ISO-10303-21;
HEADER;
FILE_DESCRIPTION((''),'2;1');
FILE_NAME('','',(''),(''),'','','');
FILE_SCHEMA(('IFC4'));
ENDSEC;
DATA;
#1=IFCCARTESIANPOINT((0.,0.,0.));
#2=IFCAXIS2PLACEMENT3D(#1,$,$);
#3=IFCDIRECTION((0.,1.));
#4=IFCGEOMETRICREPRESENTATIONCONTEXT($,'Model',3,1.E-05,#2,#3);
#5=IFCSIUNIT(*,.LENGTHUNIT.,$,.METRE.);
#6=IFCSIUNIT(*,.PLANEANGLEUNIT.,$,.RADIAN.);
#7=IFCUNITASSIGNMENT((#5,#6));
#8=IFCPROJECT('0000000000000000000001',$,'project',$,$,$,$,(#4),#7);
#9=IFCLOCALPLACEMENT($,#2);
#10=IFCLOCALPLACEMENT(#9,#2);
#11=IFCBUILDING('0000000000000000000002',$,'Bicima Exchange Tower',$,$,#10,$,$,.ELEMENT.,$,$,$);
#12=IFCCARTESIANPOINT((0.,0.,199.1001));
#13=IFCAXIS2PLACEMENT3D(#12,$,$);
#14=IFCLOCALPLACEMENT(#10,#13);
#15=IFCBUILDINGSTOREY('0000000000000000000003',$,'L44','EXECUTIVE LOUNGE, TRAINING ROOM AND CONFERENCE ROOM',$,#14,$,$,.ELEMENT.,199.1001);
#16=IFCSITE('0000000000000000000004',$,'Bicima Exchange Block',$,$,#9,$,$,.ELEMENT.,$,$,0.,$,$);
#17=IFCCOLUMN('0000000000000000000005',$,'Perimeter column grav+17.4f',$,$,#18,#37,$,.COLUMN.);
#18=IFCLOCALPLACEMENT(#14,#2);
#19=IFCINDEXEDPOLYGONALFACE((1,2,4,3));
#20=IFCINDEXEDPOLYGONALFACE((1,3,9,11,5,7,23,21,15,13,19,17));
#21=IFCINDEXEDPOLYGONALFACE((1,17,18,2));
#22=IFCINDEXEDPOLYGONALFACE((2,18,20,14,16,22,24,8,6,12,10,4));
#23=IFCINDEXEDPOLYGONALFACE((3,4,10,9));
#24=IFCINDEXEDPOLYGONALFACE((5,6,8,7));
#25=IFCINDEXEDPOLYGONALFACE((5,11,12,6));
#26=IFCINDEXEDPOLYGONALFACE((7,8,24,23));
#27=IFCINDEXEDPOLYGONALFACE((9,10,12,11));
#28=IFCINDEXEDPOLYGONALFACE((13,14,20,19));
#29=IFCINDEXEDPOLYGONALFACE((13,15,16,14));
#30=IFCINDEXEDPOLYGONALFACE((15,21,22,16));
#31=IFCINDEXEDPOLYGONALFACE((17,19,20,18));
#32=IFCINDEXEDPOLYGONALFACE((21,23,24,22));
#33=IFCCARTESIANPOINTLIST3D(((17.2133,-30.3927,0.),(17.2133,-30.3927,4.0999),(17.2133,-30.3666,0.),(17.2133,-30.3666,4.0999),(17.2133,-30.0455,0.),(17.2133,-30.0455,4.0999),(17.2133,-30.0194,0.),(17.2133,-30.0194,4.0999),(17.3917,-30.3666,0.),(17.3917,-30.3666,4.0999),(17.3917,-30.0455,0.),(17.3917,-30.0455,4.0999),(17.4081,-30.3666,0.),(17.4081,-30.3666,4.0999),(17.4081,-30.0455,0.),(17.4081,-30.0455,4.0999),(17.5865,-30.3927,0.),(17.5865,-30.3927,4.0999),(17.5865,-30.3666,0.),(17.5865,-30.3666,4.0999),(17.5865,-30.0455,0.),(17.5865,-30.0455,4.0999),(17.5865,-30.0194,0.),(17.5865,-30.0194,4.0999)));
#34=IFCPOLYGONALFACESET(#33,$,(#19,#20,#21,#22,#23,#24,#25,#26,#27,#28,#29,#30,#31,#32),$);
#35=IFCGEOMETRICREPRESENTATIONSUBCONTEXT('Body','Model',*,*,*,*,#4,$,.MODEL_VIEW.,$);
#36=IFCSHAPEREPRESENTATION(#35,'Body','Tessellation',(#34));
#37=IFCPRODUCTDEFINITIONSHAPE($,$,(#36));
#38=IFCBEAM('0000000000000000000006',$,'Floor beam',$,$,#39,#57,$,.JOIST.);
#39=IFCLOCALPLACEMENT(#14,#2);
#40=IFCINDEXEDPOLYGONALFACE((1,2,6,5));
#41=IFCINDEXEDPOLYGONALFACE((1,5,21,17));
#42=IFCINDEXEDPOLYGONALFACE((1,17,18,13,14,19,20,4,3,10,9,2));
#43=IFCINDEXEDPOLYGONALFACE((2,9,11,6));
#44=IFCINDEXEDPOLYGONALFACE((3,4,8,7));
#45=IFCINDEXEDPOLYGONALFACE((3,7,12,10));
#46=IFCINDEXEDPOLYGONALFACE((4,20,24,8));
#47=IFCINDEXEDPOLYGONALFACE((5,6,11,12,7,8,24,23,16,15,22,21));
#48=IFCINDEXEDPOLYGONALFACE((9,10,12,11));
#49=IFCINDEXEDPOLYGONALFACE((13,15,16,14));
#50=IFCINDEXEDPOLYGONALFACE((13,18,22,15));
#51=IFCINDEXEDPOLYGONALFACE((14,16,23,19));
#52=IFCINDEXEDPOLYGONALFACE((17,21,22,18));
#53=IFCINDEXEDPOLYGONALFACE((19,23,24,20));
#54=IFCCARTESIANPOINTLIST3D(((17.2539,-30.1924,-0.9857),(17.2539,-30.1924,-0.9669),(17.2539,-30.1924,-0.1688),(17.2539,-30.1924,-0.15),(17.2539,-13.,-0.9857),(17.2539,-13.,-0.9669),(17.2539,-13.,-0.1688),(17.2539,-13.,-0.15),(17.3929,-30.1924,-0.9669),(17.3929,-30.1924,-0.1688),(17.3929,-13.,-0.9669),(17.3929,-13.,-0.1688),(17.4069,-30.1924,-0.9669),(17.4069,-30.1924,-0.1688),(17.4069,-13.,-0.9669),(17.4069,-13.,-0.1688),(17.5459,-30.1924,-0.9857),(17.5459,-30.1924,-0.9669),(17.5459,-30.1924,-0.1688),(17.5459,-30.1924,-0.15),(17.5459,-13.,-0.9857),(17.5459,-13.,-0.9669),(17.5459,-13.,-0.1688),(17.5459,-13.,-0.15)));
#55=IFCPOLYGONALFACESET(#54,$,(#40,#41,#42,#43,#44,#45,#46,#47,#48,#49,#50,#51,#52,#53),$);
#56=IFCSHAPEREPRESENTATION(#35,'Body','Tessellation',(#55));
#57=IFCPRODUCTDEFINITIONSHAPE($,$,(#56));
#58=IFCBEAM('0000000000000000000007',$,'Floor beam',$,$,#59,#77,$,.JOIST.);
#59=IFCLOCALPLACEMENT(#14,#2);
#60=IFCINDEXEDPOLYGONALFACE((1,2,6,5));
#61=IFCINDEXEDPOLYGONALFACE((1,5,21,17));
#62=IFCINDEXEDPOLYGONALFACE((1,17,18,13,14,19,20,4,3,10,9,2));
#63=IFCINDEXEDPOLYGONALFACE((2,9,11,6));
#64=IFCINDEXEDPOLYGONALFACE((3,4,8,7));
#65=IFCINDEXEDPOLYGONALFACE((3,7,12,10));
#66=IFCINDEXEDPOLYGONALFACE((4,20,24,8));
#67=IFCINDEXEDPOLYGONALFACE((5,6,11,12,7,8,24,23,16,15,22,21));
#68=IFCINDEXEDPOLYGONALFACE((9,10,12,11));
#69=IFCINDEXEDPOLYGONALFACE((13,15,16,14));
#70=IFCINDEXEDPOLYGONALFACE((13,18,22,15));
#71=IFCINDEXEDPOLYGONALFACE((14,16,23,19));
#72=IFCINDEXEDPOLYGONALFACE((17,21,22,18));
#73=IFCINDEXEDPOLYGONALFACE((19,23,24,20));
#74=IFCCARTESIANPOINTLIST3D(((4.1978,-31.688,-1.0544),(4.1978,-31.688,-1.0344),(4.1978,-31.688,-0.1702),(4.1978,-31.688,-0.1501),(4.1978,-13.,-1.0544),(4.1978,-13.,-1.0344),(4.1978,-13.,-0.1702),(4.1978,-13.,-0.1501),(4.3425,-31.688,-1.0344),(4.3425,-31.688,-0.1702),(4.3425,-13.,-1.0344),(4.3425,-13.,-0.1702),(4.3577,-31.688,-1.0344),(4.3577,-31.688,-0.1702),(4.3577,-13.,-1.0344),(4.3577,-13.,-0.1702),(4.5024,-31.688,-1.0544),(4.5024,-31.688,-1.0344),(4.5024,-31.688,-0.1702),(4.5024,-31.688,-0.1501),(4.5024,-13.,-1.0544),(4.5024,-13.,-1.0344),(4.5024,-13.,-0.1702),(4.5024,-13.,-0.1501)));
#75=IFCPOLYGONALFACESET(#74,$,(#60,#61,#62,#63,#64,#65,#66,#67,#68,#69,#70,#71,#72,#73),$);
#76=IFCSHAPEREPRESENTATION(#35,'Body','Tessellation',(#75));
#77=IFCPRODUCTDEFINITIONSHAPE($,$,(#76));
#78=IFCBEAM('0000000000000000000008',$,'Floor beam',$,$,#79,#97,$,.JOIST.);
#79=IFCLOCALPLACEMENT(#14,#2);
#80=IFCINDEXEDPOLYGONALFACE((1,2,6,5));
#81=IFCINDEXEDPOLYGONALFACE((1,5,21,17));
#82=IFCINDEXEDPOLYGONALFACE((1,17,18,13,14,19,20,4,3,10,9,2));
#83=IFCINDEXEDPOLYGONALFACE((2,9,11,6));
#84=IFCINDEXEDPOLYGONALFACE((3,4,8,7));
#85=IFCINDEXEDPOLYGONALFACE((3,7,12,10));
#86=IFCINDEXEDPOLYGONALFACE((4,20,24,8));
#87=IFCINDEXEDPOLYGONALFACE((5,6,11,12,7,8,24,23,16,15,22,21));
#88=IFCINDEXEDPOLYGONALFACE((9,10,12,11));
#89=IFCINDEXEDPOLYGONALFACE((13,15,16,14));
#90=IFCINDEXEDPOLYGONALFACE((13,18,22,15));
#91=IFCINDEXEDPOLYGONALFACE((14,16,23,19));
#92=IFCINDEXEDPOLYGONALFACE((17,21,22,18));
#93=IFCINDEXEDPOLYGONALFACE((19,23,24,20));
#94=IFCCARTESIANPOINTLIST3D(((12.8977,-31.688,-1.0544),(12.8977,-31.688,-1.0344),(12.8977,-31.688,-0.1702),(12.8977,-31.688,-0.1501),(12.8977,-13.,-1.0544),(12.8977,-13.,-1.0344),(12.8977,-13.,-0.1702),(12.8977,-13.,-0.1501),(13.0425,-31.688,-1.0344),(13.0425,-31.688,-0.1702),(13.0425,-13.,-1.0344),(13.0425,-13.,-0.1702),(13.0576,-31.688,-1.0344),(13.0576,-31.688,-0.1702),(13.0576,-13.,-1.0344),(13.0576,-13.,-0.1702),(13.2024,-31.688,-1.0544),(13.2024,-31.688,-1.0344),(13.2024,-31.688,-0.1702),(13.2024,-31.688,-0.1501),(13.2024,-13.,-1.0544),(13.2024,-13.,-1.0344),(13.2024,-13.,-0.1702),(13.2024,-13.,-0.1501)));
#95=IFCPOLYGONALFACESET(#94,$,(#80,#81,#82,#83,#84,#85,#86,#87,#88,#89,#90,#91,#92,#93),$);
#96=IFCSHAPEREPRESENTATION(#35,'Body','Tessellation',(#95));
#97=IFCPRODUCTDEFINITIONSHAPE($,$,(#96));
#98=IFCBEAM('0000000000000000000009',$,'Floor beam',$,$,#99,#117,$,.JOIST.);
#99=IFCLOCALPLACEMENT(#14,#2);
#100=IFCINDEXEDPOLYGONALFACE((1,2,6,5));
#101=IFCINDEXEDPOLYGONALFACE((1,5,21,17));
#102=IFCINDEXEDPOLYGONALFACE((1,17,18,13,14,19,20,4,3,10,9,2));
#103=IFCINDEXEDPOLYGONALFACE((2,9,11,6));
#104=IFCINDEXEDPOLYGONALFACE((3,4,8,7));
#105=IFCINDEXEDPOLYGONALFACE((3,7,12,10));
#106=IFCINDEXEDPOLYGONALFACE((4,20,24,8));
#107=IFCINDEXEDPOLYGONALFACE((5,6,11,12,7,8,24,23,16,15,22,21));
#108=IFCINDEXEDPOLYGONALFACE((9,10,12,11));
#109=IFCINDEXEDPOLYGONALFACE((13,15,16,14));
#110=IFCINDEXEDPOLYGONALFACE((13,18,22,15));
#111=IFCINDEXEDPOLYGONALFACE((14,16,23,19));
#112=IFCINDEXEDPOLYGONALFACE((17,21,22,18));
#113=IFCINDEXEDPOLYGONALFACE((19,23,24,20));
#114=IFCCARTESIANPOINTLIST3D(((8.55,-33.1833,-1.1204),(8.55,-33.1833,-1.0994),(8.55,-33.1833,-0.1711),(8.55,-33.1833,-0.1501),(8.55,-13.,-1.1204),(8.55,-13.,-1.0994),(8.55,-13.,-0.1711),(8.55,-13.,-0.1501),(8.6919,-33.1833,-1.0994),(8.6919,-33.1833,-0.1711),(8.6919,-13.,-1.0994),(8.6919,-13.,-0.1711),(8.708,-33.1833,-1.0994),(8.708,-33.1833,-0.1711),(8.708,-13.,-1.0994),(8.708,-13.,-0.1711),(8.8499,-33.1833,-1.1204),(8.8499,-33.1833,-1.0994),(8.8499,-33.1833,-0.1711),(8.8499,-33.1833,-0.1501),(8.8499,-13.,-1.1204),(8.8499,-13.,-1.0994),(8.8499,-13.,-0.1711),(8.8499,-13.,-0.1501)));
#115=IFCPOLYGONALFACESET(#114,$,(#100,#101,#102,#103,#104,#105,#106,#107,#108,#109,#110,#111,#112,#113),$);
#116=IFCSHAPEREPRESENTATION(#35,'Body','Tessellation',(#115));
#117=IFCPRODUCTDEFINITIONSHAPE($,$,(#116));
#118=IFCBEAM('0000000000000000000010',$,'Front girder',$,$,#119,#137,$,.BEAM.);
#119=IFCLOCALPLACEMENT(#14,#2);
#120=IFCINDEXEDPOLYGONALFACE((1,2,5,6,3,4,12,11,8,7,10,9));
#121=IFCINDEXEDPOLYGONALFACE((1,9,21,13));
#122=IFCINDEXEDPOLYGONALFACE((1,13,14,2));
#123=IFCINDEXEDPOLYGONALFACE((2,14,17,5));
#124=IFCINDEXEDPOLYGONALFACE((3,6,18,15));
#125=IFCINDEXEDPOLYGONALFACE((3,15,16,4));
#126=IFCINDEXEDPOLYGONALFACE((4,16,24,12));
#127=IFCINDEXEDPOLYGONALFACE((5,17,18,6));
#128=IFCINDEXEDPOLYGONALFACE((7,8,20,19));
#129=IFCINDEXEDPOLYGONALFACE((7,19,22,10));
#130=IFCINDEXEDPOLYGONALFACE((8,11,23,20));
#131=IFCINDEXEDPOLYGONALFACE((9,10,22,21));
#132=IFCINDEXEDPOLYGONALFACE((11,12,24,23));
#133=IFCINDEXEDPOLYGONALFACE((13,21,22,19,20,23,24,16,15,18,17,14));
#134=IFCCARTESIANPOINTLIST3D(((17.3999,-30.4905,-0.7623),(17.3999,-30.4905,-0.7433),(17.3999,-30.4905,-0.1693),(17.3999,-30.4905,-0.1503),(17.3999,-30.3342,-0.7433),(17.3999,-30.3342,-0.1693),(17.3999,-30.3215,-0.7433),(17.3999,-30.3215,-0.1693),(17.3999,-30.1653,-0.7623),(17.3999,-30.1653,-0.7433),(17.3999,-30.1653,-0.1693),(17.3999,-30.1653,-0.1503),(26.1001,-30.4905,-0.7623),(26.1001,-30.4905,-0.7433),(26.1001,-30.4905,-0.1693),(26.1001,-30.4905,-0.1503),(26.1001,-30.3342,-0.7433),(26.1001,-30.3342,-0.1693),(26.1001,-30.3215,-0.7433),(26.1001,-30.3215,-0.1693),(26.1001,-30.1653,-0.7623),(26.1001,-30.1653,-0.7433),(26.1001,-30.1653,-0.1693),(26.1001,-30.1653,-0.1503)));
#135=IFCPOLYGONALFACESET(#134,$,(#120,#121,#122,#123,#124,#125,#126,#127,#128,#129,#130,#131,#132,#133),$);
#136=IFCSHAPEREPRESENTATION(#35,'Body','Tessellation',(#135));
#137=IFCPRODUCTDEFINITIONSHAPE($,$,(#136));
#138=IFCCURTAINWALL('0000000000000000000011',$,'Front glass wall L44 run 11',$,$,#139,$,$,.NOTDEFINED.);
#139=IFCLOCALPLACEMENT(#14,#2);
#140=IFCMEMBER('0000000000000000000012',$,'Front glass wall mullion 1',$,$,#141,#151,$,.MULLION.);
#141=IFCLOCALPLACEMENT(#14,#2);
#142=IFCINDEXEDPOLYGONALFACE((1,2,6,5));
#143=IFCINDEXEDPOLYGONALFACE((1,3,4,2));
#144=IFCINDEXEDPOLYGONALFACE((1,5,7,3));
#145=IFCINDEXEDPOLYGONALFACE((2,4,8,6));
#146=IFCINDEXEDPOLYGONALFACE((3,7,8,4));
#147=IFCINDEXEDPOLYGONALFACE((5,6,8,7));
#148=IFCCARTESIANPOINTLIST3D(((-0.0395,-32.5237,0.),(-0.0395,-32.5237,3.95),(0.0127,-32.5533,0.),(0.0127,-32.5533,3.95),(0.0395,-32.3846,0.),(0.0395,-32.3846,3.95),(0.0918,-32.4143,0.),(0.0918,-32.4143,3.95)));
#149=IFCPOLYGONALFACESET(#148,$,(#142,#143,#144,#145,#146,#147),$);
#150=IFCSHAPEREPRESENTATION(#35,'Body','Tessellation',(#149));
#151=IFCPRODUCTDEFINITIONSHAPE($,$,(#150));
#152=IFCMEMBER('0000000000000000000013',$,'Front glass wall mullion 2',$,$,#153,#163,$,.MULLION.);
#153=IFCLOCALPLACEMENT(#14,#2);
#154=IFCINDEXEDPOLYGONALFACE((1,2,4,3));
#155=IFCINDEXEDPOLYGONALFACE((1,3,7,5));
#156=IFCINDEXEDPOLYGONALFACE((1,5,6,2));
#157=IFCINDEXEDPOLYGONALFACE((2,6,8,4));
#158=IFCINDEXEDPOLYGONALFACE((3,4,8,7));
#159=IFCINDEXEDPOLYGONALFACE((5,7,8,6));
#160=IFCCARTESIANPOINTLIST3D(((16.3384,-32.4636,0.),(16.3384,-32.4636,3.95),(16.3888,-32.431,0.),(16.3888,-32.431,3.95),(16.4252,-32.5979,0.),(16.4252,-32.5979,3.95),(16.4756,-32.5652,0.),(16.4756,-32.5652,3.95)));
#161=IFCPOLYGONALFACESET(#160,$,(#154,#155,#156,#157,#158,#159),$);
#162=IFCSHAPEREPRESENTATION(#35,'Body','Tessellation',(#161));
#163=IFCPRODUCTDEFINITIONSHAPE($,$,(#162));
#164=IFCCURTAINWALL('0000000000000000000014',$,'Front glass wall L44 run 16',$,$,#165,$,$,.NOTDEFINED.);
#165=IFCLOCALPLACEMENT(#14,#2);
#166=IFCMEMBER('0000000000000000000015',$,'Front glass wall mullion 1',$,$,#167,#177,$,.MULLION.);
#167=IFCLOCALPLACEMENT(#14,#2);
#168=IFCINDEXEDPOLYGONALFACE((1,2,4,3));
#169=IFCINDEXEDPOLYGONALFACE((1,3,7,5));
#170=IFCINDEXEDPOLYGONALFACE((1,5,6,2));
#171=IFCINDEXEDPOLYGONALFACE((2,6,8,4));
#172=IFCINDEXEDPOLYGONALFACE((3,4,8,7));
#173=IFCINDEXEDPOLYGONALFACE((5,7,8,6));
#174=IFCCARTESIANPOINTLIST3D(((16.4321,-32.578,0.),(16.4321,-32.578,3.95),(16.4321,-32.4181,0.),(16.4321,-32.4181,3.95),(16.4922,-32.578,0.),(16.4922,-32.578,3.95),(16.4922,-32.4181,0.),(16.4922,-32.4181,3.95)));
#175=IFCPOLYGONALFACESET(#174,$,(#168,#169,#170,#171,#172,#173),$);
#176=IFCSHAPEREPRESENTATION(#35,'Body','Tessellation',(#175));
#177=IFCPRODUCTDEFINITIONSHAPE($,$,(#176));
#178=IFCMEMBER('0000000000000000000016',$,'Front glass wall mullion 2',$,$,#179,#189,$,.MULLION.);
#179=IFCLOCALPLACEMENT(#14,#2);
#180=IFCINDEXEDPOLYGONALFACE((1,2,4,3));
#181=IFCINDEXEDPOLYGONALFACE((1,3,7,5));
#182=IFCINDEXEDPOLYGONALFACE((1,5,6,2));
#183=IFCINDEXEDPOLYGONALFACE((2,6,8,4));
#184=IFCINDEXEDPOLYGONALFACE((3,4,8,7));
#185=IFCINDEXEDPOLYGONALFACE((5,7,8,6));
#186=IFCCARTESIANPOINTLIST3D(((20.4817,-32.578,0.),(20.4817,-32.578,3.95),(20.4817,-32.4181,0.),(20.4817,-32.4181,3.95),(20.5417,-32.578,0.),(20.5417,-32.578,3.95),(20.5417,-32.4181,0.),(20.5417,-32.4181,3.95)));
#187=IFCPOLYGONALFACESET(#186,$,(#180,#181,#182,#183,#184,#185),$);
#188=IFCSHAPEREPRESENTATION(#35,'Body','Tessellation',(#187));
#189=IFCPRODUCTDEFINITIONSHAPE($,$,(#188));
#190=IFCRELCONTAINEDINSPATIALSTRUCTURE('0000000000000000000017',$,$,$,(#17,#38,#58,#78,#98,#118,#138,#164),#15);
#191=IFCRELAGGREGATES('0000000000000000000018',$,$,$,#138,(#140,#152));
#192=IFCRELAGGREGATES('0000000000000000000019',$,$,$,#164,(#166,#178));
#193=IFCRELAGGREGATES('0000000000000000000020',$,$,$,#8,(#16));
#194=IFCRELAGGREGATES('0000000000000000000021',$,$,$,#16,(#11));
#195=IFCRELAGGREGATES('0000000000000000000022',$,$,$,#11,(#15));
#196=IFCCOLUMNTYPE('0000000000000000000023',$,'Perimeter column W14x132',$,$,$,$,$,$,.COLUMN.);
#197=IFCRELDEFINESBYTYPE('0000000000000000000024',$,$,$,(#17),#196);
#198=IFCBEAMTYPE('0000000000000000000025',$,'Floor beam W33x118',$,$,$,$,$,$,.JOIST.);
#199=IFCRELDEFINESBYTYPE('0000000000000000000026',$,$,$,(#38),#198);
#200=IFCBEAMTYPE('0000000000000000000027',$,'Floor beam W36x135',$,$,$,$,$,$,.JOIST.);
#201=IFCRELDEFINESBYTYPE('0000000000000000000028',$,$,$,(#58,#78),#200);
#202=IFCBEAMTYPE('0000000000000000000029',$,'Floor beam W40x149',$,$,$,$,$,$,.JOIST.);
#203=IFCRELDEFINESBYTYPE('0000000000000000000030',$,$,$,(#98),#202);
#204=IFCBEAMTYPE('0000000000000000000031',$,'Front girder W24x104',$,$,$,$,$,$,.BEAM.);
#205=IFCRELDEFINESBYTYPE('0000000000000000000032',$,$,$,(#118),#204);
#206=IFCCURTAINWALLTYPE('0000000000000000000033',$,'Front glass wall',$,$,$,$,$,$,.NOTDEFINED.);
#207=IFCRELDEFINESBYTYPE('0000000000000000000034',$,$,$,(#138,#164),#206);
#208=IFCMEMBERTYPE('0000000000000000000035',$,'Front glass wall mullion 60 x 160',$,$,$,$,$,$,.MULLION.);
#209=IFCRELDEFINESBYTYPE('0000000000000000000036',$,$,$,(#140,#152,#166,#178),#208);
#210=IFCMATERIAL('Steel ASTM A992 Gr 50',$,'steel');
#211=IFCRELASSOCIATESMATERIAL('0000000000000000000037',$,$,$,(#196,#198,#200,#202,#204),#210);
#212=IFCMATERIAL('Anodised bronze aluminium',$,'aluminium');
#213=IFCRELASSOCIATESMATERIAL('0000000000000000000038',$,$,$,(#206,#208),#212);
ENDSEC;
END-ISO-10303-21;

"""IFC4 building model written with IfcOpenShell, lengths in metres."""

from ifc_helpers import new_model, si_unit, direction, frame, origin, origin_2d, place, context, subcontext, project, spatial, rectangle, i_section, extrude, material, material_profile, profile_set, type_object, element, aggregate, save


model = new_model("IFC4")

# Units and contexts
model_context = context("Model", 3, precision=1e-05, world=origin(), true_north=direction((0.0, 1.0)))
body_context = subcontext(model_context, "Body", "Model", "MODEL_VIEW")
ifc_project = project(units=[si_unit("LENGTHUNIT", "METRE"), si_unit("PLANEANGLEUNIT", "RADIAN")], contexts=[model_context])

# Site, building, storey
site_placement = place(None, origin())
site = spatial("IfcSite", under=ifc_project, at=site_placement, Name="Bicima Exchange Block", CompositionType="ELEMENT", RefElevation=0.0)
building_placement = place(site_placement, origin())
building = spatial("IfcBuilding", under=site, at=building_placement, Name="Bicima Exchange Tower", CompositionType="ELEMENT")
storey_placement = place(building_placement, frame((0.0, 0.0, 199.1001)))
storey = spatial("IfcBuildingStorey", under=building, at=storey_placement, Name="L44", Description="EXECUTIVE LOUNGE, TRAINING ROOM AND CONFERENCE ROOM", CompositionType="ELEMENT", Elevation=199.1001)

# Column
ifc_material_1 = material(Name="Steel ASTM A992 Gr 50", Category="steel")
ifc_material_profile_1 = material_profile(ifc_material_1, i_section(OverallWidth=0.3733, OverallDepth=0.3733, WebThickness=0.0164, FlangeThickness=0.0261, at=origin_2d()))
ifc_profile_set_1 = profile_set([ifc_material_profile_1], Name="Steel ASTM A992 Gr 50")
column_type = type_object("IfcColumnType", Name="Perimeter column W14x132", PredefinedType="COLUMN", material=ifc_profile_set_1)
column_placement = place(storey_placement, frame((17.3999, -30.2061, 0.0), z_axis=(0.0, 0.0, 1.0), x_axis=(1.0, 0.0, 0.0)))
element("IfcColumn", 1, at=column_placement, inside=storey, type_object=column_type, Name="Perimeter column grav+17.4f", PredefinedType="COLUMN", context=body_context, shape_type="SweptSolid", body=[
    extrude(i_section(OverallWidth=0.3733, OverallDepth=0.3733, WebThickness=0.0164, FlangeThickness=0.0261, at=origin_2d()), origin(), (0.0, 0.0, 1.0), 4.0999),
])

# Beams
ifc_material_profile_2 = material_profile(ifc_material_1, i_section(OverallWidth=0.292, OverallDepth=0.8357, WebThickness=0.0139, FlangeThickness=0.0188, at=origin_2d()))
ifc_profile_set_2 = profile_set([ifc_material_profile_2], Name="Steel ASTM A992 Gr 50")
beam_type_1 = type_object("IfcBeamType", Name="Floor beam W33x118", PredefinedType="JOIST", material=ifc_profile_set_2)
beam_1_placement = place(storey_placement, frame((17.3999, -13.0, -0.5679), z_axis=(0.0, -1.0, 0.0), x_axis=(1.0, 0.0, 0.0)))
element("IfcBeam", 2, at=beam_1_placement, inside=storey, type_object=beam_type_1, Name="Floor beam", PredefinedType="JOIST", context=body_context, shape_type="SweptSolid", body=[
    extrude(i_section(OverallWidth=0.292, OverallDepth=0.8357, WebThickness=0.0139, FlangeThickness=0.0188, at=origin_2d()), origin(), (0.0, 0.0, 1.0), 17.1924),
])
ifc_material_profile_3 = material_profile(ifc_material_1, i_section(OverallWidth=0.3047, OverallDepth=0.9043, WebThickness=0.0151, FlangeThickness=0.02, at=origin_2d()))
ifc_profile_set_3 = profile_set([ifc_material_profile_3], Name="Steel ASTM A992 Gr 50")
beam_type_2 = type_object("IfcBeamType", Name="Floor beam W36x135", PredefinedType="JOIST", material=ifc_profile_set_3)
for number, where, z_axis, x_axis, name in (
    (3, (4.3501, -13.0, -0.6023), (0.0, -1.0, 0.0), (1.0, 0.0, 0.0), "Floor beam"),
    (4, (13.05, -13.0, -0.6023), (0.0, -1.0, 0.0), (1.0, 0.0, 0.0), "Floor beam"),
):
    element("IfcBeam", number, at=place(storey_placement, frame(where, z_axis=z_axis, x_axis=x_axis)), inside=storey, type_object=beam_type_2, Name=name, PredefinedType="JOIST", context=body_context, shape_type="SweptSolid", body=[
        extrude(i_section(OverallWidth=0.3047, OverallDepth=0.9043, WebThickness=0.0151, FlangeThickness=0.02, at=origin_2d()), origin(), (0.0, 0.0, 1.0), 18.688),
    ])
ifc_material_profile_4 = material_profile(ifc_material_1, i_section(OverallWidth=0.2998, OverallDepth=0.9702, WebThickness=0.0161, FlangeThickness=0.021, at=origin_2d()))
ifc_profile_set_4 = profile_set([ifc_material_profile_4], Name="Steel ASTM A992 Gr 50")
beam_type_3 = type_object("IfcBeamType", Name="Floor beam W40x149", PredefinedType="JOIST", material=ifc_profile_set_4)
beam_2_placement = place(storey_placement, frame((8.7, -13.0, -0.6353), z_axis=(0.0, -1.0, 0.0), x_axis=(1.0, 0.0, 0.0)))
element("IfcBeam", 5, at=beam_2_placement, inside=storey, type_object=beam_type_3, Name="Floor beam", PredefinedType="JOIST", context=body_context, shape_type="SweptSolid", body=[
    extrude(i_section(OverallWidth=0.2998, OverallDepth=0.9702, WebThickness=0.0161, FlangeThickness=0.021, at=origin_2d()), origin(), (0.0, 0.0, 1.0), 20.1833),
])
ifc_material_profile_5 = material_profile(ifc_material_1, i_section(OverallWidth=0.3252, OverallDepth=0.6121, WebThickness=0.0127, FlangeThickness=0.019, at=origin_2d()))
ifc_profile_set_5 = profile_set([ifc_material_profile_5], Name="Steel ASTM A992 Gr 50")
beam_type_4 = type_object("IfcBeamType", Name="Front girder W24x104", PredefinedType="BEAM", material=ifc_profile_set_5)
beam_3_placement = place(storey_placement, frame((17.3999, -30.3279, -0.4563), z_axis=(1.0, 0.0, 0.0), x_axis=(0.0, 1.0, 0.0)))
element("IfcBeam", 6, at=beam_3_placement, inside=storey, type_object=beam_type_4, Name="Front girder", PredefinedType="BEAM", context=body_context, shape_type="SweptSolid", body=[
    extrude(i_section(OverallWidth=0.3252, OverallDepth=0.6121, WebThickness=0.0127, FlangeThickness=0.019, at=origin_2d()), origin(), (0.0, 0.0, 1.0), 8.7002),
])

# Curtain walls, members
ifc_material_2 = material(Name="Anodised bronze aluminium", Category="aluminium")
curtain_wall_type = type_object("IfcCurtainWallType", Name="Front glass wall", PredefinedType="NOTDEFINED", material=ifc_material_2)
curtain_wall_1_placement = place(storey_placement, origin())
curtain_wall_1 = element("IfcCurtainWall", 7, at=curtain_wall_1_placement, inside=storey, type_object=curtain_wall_type, Name="Front glass wall L44 run 11", PredefinedType="NOTDEFINED")
ifc_material_profile_6 = material_profile(ifc_material_2, rectangle(XDim=0.1599, YDim=0.0601, at=origin_2d()))
ifc_profile_set_6 = profile_set([ifc_material_profile_6], Name="Anodised bronze aluminium")
member_type_1 = type_object("IfcMemberType", Name="Front glass wall mullion 60 x 160", PredefinedType="MULLION", material=ifc_profile_set_6)
member_1_placement = place(storey_placement, frame((0.0261, -32.469, 0.0), z_axis=(0.0, 0.0, 1.0), x_axis=(0.49433, 0.869274, 0.0)))
member_1 = element("IfcMember", 8, at=member_1_placement, type_object=member_type_1, Name="Front glass wall mullion 1", PredefinedType="MULLION", context=body_context, shape_type="SweptSolid", body=[
    extrude(rectangle(XDim=0.1599, YDim=0.0601, at=origin_2d()), origin(), (0.0, 0.0, 1.0), 3.95),
])
member_2_placement = place(storey_placement, frame((16.407, -32.5144, 0.0), z_axis=(0.0, 0.0, 1.0), x_axis=(-0.542909, 0.839791, 0.0)))
member_2 = element("IfcMember", 9, at=member_2_placement, type_object=member_type_1, Name="Front glass wall mullion 2", PredefinedType="MULLION", context=body_context, shape_type="SweptSolid", body=[
    extrude(rectangle(XDim=0.1599, YDim=0.0601, at=origin_2d()), origin(), (0.0, 0.0, 1.0), 3.95),
])
curtain_wall_2_placement = place(storey_placement, origin())
curtain_wall_2 = element("IfcCurtainWall", 10, at=curtain_wall_2_placement, inside=storey, type_object=curtain_wall_type, Name="Front glass wall L44 run 16", PredefinedType="NOTDEFINED")
member_3_placement = place(storey_placement, frame((16.4622, -32.498, 0.0), z_axis=(0.0, 0.0, 1.0), x_axis=(0.0, 1.0, 0.0)))
member_3 = element("IfcMember", 11, at=member_3_placement, type_object=member_type_1, Name="Front glass wall mullion 1", PredefinedType="MULLION", context=body_context, shape_type="SweptSolid", body=[
    extrude(rectangle(XDim=0.1599, YDim=0.0601, at=origin_2d()), origin(), (0.0, 0.0, 1.0), 3.95),
])
member_4_placement = place(storey_placement, frame((20.5117, -32.498, 0.0), z_axis=(0.0, 0.0, 1.0), x_axis=(0.0, 1.0, 0.0)))
member_4 = element("IfcMember", 12, at=member_4_placement, type_object=member_type_1, Name="Front glass wall mullion 2", PredefinedType="MULLION", context=body_context, shape_type="SweptSolid", body=[
    extrude(rectangle(XDim=0.1599, YDim=0.0601, at=origin_2d()), origin(), (0.0, 0.0, 1.0), 3.95),
])

aggregate(curtain_wall_1, [member_1, member_2])
aggregate(curtain_wall_2, [member_3, member_4])

save(model, "model.ifc")
